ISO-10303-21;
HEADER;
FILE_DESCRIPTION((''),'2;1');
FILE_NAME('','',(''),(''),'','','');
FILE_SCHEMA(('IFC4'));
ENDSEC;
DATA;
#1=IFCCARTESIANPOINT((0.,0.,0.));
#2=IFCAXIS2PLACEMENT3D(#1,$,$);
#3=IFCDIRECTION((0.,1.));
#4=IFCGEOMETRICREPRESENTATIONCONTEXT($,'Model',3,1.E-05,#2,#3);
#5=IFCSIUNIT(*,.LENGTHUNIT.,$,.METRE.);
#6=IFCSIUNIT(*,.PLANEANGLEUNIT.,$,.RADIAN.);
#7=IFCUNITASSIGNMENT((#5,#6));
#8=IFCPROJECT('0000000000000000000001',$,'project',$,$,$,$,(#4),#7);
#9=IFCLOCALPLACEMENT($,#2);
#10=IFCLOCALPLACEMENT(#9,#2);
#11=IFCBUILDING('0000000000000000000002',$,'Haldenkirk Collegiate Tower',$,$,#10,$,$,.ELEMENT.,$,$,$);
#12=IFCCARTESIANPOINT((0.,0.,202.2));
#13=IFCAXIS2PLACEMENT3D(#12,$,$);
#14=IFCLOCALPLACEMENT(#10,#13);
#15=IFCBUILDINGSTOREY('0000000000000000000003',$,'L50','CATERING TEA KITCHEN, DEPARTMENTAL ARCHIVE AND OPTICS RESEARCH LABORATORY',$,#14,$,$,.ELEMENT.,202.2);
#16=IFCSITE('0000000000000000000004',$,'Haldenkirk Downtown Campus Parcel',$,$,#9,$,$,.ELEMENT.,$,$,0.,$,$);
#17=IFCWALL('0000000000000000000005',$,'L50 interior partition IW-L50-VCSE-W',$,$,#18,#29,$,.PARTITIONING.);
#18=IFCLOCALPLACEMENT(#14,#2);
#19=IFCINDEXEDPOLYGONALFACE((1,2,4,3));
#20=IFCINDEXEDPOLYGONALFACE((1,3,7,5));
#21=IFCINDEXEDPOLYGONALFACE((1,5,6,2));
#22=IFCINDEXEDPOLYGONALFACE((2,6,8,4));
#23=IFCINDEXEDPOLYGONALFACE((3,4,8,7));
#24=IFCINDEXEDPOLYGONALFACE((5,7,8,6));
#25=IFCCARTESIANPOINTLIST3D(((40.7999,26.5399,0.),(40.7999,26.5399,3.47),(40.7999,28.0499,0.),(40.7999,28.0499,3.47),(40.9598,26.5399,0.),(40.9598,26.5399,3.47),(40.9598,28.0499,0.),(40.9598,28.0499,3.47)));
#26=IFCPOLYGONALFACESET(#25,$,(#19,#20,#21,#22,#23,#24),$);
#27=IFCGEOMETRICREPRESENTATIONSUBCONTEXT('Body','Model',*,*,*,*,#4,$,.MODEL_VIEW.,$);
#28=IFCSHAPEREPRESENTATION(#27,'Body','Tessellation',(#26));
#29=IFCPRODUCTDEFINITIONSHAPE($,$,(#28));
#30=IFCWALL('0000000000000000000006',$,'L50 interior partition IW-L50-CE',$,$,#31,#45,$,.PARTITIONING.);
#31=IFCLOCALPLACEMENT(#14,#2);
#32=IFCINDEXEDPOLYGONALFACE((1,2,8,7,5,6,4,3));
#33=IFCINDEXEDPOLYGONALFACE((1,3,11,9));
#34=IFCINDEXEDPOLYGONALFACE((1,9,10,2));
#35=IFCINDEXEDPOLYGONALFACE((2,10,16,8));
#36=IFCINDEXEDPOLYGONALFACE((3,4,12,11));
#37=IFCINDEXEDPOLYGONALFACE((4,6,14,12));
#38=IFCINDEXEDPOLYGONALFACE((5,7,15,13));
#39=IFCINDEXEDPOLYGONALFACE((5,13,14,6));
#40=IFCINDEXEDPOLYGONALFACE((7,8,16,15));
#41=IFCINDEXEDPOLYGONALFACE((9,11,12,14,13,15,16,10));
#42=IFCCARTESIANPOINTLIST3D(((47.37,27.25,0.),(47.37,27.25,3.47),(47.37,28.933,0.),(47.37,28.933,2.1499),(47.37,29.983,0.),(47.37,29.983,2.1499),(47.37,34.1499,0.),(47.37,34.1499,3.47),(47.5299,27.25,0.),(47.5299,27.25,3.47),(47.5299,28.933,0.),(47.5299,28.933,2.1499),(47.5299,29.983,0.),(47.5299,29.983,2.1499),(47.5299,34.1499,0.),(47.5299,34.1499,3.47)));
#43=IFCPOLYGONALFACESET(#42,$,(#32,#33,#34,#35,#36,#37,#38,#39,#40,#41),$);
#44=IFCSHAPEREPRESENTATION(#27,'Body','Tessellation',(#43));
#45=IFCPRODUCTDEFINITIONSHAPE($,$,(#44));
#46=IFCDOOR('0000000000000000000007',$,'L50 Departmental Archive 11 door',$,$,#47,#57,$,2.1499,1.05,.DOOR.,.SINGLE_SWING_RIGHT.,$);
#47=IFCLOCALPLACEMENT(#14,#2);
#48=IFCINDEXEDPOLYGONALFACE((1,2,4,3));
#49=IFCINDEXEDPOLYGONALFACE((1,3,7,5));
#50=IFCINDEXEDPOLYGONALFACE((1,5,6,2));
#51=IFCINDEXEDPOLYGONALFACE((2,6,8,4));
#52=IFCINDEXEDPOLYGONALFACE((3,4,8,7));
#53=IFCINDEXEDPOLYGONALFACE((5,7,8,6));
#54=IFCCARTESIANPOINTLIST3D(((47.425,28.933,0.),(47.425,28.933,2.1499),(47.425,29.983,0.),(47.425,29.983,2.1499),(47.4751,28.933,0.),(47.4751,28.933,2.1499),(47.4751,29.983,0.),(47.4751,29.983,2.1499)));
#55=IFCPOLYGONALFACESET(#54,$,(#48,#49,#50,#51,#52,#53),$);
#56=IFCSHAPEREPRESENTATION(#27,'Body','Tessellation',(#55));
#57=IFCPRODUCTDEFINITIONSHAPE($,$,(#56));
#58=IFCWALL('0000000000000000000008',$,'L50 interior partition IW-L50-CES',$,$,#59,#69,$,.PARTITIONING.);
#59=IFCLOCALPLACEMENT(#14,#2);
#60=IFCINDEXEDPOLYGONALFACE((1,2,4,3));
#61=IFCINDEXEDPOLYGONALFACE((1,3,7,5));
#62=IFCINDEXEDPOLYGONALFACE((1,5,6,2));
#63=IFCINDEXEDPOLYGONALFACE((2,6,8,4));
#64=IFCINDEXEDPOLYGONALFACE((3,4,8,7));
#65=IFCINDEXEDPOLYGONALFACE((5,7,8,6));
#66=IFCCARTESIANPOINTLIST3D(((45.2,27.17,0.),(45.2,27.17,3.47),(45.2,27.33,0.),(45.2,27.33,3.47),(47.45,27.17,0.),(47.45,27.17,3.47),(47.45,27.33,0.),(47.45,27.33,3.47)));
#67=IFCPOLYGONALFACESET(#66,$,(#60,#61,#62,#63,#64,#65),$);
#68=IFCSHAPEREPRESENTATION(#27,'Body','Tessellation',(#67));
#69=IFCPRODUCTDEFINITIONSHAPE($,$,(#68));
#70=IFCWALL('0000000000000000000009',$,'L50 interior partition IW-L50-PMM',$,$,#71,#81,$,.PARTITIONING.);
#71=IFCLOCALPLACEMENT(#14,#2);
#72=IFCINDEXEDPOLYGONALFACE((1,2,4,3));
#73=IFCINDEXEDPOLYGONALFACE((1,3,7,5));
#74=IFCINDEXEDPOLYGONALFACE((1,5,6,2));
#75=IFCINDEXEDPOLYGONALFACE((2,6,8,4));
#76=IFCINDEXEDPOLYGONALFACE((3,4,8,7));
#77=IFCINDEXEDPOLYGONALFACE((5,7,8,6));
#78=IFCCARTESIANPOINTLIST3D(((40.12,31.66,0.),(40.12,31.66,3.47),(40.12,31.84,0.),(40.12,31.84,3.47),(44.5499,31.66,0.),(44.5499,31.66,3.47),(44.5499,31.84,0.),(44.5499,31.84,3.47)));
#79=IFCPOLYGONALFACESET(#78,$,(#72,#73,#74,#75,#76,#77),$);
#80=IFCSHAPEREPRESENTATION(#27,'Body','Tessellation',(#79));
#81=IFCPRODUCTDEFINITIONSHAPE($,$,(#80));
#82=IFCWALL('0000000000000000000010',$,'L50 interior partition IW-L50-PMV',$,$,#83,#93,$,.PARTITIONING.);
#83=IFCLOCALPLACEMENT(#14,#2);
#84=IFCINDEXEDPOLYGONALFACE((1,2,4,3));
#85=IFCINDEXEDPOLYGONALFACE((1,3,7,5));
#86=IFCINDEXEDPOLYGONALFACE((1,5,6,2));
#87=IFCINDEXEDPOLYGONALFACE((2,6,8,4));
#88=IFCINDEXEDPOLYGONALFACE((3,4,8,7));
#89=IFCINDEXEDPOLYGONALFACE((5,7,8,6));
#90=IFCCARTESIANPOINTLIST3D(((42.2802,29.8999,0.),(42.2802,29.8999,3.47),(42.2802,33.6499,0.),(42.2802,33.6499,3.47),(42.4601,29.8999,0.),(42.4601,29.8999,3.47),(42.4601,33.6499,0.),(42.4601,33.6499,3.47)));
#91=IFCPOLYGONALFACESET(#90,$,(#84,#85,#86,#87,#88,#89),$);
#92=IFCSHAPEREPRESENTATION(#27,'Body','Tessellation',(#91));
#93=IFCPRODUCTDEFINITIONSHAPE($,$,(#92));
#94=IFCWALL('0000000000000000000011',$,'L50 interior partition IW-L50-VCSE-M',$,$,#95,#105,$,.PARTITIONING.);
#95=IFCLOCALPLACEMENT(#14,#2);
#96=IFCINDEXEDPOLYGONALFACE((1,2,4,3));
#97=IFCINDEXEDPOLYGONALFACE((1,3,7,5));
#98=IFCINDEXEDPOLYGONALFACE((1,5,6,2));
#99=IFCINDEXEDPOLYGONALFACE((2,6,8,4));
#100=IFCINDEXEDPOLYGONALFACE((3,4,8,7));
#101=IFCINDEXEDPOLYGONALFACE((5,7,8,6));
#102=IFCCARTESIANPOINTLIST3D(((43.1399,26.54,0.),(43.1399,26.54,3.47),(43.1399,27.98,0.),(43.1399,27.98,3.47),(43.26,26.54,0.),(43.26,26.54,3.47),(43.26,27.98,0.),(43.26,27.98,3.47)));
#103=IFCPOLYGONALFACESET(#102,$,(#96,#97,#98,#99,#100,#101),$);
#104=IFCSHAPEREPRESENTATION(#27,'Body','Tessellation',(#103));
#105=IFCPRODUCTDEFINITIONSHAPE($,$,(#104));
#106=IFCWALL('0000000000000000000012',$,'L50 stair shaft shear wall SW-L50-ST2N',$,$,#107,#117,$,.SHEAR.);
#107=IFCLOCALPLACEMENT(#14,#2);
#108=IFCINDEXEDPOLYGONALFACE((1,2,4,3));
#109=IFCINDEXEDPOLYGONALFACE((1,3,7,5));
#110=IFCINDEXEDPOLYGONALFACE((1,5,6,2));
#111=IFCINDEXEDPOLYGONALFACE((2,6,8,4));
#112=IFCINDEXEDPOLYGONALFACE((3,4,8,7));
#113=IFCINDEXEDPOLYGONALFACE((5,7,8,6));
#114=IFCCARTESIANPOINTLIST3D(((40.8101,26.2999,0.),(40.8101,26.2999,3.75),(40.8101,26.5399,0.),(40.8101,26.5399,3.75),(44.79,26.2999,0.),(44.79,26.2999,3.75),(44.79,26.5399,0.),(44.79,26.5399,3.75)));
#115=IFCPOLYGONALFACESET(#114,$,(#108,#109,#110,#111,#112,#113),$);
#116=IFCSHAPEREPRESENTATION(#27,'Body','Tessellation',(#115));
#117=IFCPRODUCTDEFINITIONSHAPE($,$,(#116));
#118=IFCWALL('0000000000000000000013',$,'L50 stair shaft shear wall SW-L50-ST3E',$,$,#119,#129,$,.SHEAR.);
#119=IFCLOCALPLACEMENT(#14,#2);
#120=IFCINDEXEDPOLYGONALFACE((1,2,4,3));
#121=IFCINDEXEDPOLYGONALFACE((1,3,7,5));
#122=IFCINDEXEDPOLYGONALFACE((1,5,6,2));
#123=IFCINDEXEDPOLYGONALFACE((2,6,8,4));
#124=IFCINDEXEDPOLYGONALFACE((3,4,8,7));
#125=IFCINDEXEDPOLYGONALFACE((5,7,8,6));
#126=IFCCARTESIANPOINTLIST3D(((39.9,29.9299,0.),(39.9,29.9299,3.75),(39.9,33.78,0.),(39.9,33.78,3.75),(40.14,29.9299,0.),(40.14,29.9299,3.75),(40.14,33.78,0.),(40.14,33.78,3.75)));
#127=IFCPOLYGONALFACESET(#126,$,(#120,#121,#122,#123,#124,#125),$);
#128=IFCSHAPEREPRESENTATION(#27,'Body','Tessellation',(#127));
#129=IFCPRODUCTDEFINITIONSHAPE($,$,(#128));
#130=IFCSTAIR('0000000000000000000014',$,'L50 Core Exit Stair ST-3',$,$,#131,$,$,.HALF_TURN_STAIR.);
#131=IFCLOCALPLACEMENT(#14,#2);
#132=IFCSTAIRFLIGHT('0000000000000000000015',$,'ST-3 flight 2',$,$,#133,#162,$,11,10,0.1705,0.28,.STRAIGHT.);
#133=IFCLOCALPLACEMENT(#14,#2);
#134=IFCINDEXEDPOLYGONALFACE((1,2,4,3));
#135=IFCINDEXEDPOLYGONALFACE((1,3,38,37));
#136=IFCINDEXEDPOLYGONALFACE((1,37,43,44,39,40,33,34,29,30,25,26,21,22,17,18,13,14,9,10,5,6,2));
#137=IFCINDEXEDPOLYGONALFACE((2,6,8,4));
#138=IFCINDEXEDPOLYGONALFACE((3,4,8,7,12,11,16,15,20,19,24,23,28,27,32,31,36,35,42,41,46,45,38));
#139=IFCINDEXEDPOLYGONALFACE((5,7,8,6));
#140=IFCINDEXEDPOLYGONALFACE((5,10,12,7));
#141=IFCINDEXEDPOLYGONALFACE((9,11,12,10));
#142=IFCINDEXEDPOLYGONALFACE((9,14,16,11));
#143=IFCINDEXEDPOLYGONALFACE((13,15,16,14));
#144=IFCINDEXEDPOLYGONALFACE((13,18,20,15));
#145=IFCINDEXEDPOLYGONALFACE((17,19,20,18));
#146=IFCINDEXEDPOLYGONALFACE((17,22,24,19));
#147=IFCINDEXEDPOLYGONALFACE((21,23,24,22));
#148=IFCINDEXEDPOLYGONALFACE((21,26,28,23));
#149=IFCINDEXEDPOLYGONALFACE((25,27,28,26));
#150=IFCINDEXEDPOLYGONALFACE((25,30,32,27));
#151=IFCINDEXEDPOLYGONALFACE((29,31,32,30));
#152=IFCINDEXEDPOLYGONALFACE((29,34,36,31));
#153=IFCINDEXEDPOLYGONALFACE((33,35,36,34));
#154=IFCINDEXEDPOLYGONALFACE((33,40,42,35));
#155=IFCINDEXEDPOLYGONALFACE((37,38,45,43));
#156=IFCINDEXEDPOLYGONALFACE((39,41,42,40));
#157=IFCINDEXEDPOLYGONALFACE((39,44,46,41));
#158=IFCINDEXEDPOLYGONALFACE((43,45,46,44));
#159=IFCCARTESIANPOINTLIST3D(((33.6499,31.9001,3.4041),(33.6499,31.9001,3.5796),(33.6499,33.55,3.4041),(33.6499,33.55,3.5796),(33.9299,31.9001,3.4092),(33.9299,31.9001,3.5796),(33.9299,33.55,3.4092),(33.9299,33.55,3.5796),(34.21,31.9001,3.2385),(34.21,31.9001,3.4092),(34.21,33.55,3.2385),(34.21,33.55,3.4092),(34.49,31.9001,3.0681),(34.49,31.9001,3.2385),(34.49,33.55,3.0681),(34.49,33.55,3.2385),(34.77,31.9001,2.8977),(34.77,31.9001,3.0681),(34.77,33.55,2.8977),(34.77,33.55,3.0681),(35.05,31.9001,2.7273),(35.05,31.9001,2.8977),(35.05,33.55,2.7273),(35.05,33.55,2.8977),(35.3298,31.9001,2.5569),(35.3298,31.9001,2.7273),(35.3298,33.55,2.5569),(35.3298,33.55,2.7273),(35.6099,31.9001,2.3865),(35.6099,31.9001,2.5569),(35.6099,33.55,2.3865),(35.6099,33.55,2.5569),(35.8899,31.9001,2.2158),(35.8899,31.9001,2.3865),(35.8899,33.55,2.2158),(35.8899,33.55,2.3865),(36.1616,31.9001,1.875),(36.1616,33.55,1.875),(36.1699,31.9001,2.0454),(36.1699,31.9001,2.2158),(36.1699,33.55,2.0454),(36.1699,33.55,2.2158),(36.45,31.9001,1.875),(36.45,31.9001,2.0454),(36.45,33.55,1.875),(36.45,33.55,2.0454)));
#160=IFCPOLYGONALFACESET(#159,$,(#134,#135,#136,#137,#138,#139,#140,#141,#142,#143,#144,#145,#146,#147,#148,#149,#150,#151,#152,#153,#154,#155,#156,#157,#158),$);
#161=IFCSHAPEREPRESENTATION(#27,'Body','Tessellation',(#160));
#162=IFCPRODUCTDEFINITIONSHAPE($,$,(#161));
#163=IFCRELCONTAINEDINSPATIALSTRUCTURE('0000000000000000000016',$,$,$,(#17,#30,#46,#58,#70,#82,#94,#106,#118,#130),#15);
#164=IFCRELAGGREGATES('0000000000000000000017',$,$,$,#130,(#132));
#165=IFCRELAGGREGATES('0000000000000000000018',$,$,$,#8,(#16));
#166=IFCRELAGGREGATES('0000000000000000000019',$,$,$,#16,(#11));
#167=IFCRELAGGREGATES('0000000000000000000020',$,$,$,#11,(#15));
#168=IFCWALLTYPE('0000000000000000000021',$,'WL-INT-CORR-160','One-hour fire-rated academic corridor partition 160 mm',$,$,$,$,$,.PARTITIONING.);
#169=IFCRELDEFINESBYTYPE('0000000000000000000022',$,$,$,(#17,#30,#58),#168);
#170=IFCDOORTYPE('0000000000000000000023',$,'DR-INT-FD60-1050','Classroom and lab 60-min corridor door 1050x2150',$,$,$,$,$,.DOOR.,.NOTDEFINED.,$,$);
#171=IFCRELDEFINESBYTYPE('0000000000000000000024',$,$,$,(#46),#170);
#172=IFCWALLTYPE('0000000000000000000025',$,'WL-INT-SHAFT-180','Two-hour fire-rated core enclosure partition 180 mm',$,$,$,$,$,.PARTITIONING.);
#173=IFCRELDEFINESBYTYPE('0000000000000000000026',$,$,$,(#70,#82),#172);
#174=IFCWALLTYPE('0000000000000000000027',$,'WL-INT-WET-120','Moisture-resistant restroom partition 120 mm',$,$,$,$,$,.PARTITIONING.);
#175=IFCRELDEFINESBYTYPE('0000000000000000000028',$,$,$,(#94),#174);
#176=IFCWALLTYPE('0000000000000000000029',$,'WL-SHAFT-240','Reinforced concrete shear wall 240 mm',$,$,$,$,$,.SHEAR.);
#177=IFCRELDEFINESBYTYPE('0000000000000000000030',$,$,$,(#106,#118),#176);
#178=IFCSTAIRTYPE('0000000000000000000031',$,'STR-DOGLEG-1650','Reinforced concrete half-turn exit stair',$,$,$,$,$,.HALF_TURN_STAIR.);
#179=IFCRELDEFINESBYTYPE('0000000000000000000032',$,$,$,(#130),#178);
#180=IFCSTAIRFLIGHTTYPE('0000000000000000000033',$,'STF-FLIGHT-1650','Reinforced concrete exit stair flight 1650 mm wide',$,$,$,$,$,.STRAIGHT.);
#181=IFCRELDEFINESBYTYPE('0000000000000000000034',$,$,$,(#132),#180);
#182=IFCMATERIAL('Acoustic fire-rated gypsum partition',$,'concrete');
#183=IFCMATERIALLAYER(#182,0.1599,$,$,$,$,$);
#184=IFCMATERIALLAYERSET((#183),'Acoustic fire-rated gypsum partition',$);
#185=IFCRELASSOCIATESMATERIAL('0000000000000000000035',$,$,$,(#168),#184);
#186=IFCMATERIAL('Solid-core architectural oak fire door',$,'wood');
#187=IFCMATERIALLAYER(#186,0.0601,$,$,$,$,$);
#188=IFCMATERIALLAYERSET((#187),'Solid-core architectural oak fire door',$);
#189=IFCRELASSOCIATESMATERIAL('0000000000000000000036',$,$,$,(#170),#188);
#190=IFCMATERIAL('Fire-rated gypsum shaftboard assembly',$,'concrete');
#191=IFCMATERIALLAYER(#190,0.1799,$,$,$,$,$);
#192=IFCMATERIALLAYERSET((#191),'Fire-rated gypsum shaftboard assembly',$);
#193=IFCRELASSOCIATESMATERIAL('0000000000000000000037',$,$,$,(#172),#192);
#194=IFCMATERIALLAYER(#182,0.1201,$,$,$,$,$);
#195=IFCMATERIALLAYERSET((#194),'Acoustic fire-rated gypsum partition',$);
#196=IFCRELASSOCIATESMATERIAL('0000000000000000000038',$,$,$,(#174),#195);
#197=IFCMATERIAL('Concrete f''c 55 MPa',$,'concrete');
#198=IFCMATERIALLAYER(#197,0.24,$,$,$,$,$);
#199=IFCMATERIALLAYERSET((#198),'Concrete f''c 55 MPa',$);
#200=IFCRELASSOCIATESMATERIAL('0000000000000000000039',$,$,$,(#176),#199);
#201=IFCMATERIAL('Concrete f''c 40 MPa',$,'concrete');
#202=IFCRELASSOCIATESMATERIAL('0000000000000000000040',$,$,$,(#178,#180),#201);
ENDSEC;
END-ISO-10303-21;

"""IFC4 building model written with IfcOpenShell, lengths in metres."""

from ifc_helpers import new_model, si_unit, direction, frame, frame_2d, origin, place, context, subcontext, project, spatial, polyline, rectangle, outline, extrude, material, layer, layer_set, type_object, element, fill, aggregate, save


model = new_model("IFC4")

# Units and contexts
model_context = context("Model", 3, precision=1e-05, world=origin(), true_north=direction((0.0, 1.0)))
body_context = subcontext(model_context, "Body", "Model", "MODEL_VIEW")
ifc_project = project(units=[si_unit("LENGTHUNIT", "METRE"), si_unit("PLANEANGLEUNIT", "RADIAN")], contexts=[model_context])

# Site, building, storey
site_placement = place(None, origin())
site = spatial("IfcSite", under=ifc_project, at=site_placement, Name="Haldenkirk Downtown Campus Parcel", CompositionType="ELEMENT", RefElevation=0.0)
building_placement = place(site_placement, origin())
building = spatial("IfcBuilding", under=site, at=building_placement, Name="Haldenkirk Collegiate Tower", CompositionType="ELEMENT")
storey_placement = place(building_placement, frame((0.0, 0.0, 202.2)))
storey = spatial("IfcBuildingStorey", under=building, at=storey_placement, Name="L50", Description="CATERING TEA KITCHEN, DEPARTMENTAL ARCHIVE AND OPTICS RESEARCH LABORATORY", CompositionType="ELEMENT", Elevation=202.2)

# Shared definitions
ifc_material_1 = material(Name="Acoustic fire-rated gypsum partition", Category="concrete")
ifc_layer_1 = layer(ifc_material_1, 0.1599)
ifc_layer_set_1 = layer_set([ifc_layer_1], Name="Acoustic fire-rated gypsum partition")
wall_type_1 = type_object("IfcWallType", Name="WL-INT-CORR-160", Description="One-hour fire-rated academic corridor partition 160 mm", PredefinedType="PARTITIONING", material=ifc_layer_set_1)
ifc_material_2 = material(Name="Solid-core architectural oak fire door", Category="wood")

# Wall
wall_1_placement = place(storey_placement, frame((40.8799, 26.54, 0.0), z_axis=(0.0, 0.0, 1.0), x_axis=(0.0, 1.0, 0.0)))
element("IfcWall", 1, at=wall_1_placement, inside=storey, type_object=wall_type_1, Name="L50 interior partition IW-L50-VCSE-W", PredefinedType="PARTITIONING", context=body_context, shape_type="SweptSolid", body=[
    extrude(rectangle(XDim=1.51, YDim=0.1599, at=frame_2d((0.7549, 0.0))), origin(), (0.0, 0.0, 1.0), 3.47),
])

# Wall, opening, door
wall_2_placement = place(storey_placement, frame((47.45, 27.25, 0.0), z_axis=(0.0, 0.0, 1.0), x_axis=(0.0, 1.0, 0.0)))
wall_2 = element("IfcWall", 2, at=wall_2_placement, inside=storey, type_object=wall_type_1, Name="L50 interior partition IW-L50-CE", PredefinedType="PARTITIONING", context=body_context, shape_type="SweptSolid", body=[
    extrude(rectangle(XDim=6.8999, YDim=0.1599, at=frame_2d((3.45, 0.0))), origin(), (0.0, 0.0, 1.0), 3.47),
])
opening_1_placement = place(wall_2_placement, frame((1.6831, 0.0, 0.0)))
opening_1 = element("IfcOpeningElement", 3, at=opening_1_placement, cuts=wall_2, PredefinedType="OPENING", context=body_context, shape_type="SweptSolid", body=[
    extrude(rectangle(XDim=1.05, YDim=2.1499, at=frame_2d((0.5249, 1.075))), frame((0.0, 0.0898, 0.0), z_axis=(0.0, -1.0, 0.0), x_axis=(1.0, 0.0, 0.0)), (0.0, 0.0, 1.0), 0.1799),
])
ifc_layer_2 = layer(ifc_material_2, 0.0601)
ifc_layer_set_2 = layer_set([ifc_layer_2], Name="Solid-core architectural oak fire door")
door_type_1 = type_object("IfcDoorType", Name="DR-INT-FD60-1050", Description="Classroom and lab 60-min corridor door 1050x2150", OperationType="NOTDEFINED", PredefinedType="DOOR", material=ifc_layer_set_2)
door_1_placement = place(opening_1_placement, origin())
door_1 = element("IfcDoor", 4, at=door_1_placement, inside=storey, type_object=door_type_1, Name="L50 Departmental Archive 11 door", OperationType="SINGLE_SWING_RIGHT", OverallHeight=2.1499, OverallWidth=1.05, PredefinedType="DOOR", context=body_context, shape_type="SweptSolid", body=[
    extrude(rectangle(XDim=1.05, YDim=2.1499, at=frame_2d((0.5249, 1.075))), frame((0.0, 0.0249, 0.0), z_axis=(0.0, -1.0, 0.0), x_axis=(1.0, 0.0, 0.0)), (0.0, 0.0, 1.0), 0.05),
])
fill(opening_1, door_1)

# Wall
wall_3_placement = place(storey_placement, frame((45.2, 27.25, 0.0), z_axis=(0.0, 0.0, 1.0), x_axis=(1.0, 0.0, 0.0)))
element("IfcWall", 5, at=wall_3_placement, inside=storey, type_object=wall_type_1, Name="L50 interior partition IW-L50-CES", PredefinedType="PARTITIONING", context=body_context, shape_type="SweptSolid", body=[
    extrude(rectangle(XDim=2.25, YDim=0.1599, at=frame_2d((1.125, 0.0))), origin(), (0.0, 0.0, 1.0), 3.47),
])

# Shared definitions
ifc_material_3 = material(Name="Fire-rated gypsum shaftboard assembly", Category="concrete")
ifc_layer_3 = layer(ifc_material_3, 0.1799)
ifc_layer_set_3 = layer_set([ifc_layer_3], Name="Fire-rated gypsum shaftboard assembly")
wall_type_2 = type_object("IfcWallType", Name="WL-INT-SHAFT-180", Description="Two-hour fire-rated core enclosure partition 180 mm", PredefinedType="PARTITIONING", material=ifc_layer_set_3)

# Walls
wall_4_placement = place(storey_placement, frame((40.1201, 31.75, 0.0), z_axis=(0.0, 0.0, 1.0), x_axis=(1.0, 0.0, 0.0)))
element("IfcWall", 6, at=wall_4_placement, inside=storey, type_object=wall_type_2, Name="L50 interior partition IW-L50-PMM", PredefinedType="PARTITIONING", context=body_context, shape_type="SweptSolid", body=[
    extrude(rectangle(XDim=4.4299, YDim=0.1799, at=frame_2d((2.2148, 0.0))), origin(), (0.0, 0.0, 1.0), 3.47),
])
wall_5_placement = place(storey_placement, frame((42.3701, 29.8999, 0.0), z_axis=(0.0, 0.0, 1.0), x_axis=(0.0, 1.0, 0.0)))
element("IfcWall", 7, at=wall_5_placement, inside=storey, type_object=wall_type_2, Name="L50 interior partition IW-L50-PMV", PredefinedType="PARTITIONING", context=body_context, shape_type="SweptSolid", body=[
    extrude(rectangle(XDim=3.75, YDim=0.1799, at=frame_2d((1.875, 0.0))), origin(), (0.0, 0.0, 1.0), 3.47),
])
ifc_layer_4 = layer(ifc_material_1, 0.1201)
ifc_layer_set_4 = layer_set([ifc_layer_4], Name="Acoustic fire-rated gypsum partition")
wall_type_3 = type_object("IfcWallType", Name="WL-INT-WET-120", Description="Moisture-resistant restroom partition 120 mm", PredefinedType="PARTITIONING", material=ifc_layer_set_4)
wall_6_placement = place(storey_placement, frame((43.2, 26.54, 0.0), z_axis=(0.0, 0.0, 1.0), x_axis=(0.0, 1.0, 0.0)))
element("IfcWall", 8, at=wall_6_placement, inside=storey, type_object=wall_type_3, Name="L50 interior partition IW-L50-VCSE-M", PredefinedType="PARTITIONING", context=body_context, shape_type="SweptSolid", body=[
    extrude(rectangle(XDim=1.4399, YDim=0.1201, at=frame_2d((0.72, 0.0))), origin(), (0.0, 0.0, 1.0), 3.47),
])
ifc_material_4 = material(Name="Concrete f'c 55 MPa", Category="concrete")
ifc_layer_5 = layer(ifc_material_4, 0.24)
ifc_layer_set_5 = layer_set([ifc_layer_5], Name="Concrete f'c 55 MPa")
wall_type_4 = type_object("IfcWallType", Name="WL-SHAFT-240", Description="Reinforced concrete shear wall 240 mm", PredefinedType="SHEAR", material=ifc_layer_set_5)
wall_7_placement = place(storey_placement, frame((40.8101, 26.4199, 0.0), z_axis=(0.0, 0.0, 1.0), x_axis=(1.0, 0.0, 0.0)))
element("IfcWall", 9, at=wall_7_placement, inside=storey, type_object=wall_type_4, Name="L50 stair shaft shear wall SW-L50-ST2N", PredefinedType="SHEAR", context=body_context, shape_type="SweptSolid", body=[
    extrude(rectangle(XDim=3.98, YDim=0.24, at=frame_2d((1.99, 0.0))), origin(), (0.0, 0.0, 1.0), 3.75),
])
wall_8_placement = place(storey_placement, frame((40.02, 29.9299, 0.0), z_axis=(0.0, 0.0, 1.0), x_axis=(0.0, 1.0, 0.0)))
element("IfcWall", 10, at=wall_8_placement, inside=storey, type_object=wall_type_4, Name="L50 stair shaft shear wall SW-L50-ST3E", PredefinedType="SHEAR", context=body_context, shape_type="SweptSolid", body=[
    extrude(rectangle(XDim=3.8501, YDim=0.24, at=frame_2d((1.925, 0.0))), origin(), (0.0, 0.0, 1.0), 3.75),
])

# Stair, stair flight
ifc_material_5 = material(Name="Concrete f'c 40 MPa", Category="concrete")
stair_type = type_object("IfcStairType", Name="STR-DOGLEG-1650", Description="Reinforced concrete half-turn exit stair", PredefinedType="HALF_TURN_STAIR", material=ifc_material_5)
stair_placement = place(storey_placement, origin())
stair = element("IfcStair", 11, at=stair_placement, inside=storey, type_object=stair_type, Name="L50 Core Exit Stair ST-3", PredefinedType="HALF_TURN_STAIR")
stair_flight_type = type_object("IfcStairFlightType", Name="STF-FLIGHT-1650", Description="Reinforced concrete exit stair flight 1650 mm wide", PredefinedType="STRAIGHT", material=ifc_material_5)
stair_flight_placement = place(storey_placement, frame((36.45, 32.7251, 1.875), z_axis=(0.0, 0.0, 1.0), x_axis=(-1.0, 0.0, 0.0)))
stair_flight = element("IfcStairFlight", 12, at=stair_flight_placement, type_object=stair_flight_type, Name="ST-3 flight 2", NumberOfRisers=11, NumberOfTreads=10, PredefinedType="STRAIGHT", RiserHeight=0.1705, TreadLength=0.28, context=body_context, shape_type="SweptSolid", body=[
    extrude(outline(polyline([(0.0, 0.0), (0.0, 0.1704), (0.28, 0.1704), (0.28, 0.3408), (0.5601, 0.3408), (0.5601, 0.5115), (0.8401, 0.5115), (0.8401, 0.6819), (1.1201, 0.6819), (1.1201, 0.8523), (1.3999, 0.8523), (1.3999, 1.0227), (1.6799, 1.0227), (1.6799, 1.1931), (1.96, 1.1931), (1.96, 1.3635), (2.24, 1.3635), (2.24, 1.5342), (2.52, 1.5342), (2.52, 1.7046), (2.8, 1.7046), (2.8, 1.875), (2.8, 1.5291), (0.2883, 0.0), (0.0, 0.0)])), frame((0.0, 0.825, 0.0), z_axis=(0.0, -1.0, 0.0), x_axis=(1.0, 0.0, 0.0)), (0.0, 0.0, 1.0), 1.6499),
])
aggregate(stair, [stair_flight])

save(model, "model.ifc")
